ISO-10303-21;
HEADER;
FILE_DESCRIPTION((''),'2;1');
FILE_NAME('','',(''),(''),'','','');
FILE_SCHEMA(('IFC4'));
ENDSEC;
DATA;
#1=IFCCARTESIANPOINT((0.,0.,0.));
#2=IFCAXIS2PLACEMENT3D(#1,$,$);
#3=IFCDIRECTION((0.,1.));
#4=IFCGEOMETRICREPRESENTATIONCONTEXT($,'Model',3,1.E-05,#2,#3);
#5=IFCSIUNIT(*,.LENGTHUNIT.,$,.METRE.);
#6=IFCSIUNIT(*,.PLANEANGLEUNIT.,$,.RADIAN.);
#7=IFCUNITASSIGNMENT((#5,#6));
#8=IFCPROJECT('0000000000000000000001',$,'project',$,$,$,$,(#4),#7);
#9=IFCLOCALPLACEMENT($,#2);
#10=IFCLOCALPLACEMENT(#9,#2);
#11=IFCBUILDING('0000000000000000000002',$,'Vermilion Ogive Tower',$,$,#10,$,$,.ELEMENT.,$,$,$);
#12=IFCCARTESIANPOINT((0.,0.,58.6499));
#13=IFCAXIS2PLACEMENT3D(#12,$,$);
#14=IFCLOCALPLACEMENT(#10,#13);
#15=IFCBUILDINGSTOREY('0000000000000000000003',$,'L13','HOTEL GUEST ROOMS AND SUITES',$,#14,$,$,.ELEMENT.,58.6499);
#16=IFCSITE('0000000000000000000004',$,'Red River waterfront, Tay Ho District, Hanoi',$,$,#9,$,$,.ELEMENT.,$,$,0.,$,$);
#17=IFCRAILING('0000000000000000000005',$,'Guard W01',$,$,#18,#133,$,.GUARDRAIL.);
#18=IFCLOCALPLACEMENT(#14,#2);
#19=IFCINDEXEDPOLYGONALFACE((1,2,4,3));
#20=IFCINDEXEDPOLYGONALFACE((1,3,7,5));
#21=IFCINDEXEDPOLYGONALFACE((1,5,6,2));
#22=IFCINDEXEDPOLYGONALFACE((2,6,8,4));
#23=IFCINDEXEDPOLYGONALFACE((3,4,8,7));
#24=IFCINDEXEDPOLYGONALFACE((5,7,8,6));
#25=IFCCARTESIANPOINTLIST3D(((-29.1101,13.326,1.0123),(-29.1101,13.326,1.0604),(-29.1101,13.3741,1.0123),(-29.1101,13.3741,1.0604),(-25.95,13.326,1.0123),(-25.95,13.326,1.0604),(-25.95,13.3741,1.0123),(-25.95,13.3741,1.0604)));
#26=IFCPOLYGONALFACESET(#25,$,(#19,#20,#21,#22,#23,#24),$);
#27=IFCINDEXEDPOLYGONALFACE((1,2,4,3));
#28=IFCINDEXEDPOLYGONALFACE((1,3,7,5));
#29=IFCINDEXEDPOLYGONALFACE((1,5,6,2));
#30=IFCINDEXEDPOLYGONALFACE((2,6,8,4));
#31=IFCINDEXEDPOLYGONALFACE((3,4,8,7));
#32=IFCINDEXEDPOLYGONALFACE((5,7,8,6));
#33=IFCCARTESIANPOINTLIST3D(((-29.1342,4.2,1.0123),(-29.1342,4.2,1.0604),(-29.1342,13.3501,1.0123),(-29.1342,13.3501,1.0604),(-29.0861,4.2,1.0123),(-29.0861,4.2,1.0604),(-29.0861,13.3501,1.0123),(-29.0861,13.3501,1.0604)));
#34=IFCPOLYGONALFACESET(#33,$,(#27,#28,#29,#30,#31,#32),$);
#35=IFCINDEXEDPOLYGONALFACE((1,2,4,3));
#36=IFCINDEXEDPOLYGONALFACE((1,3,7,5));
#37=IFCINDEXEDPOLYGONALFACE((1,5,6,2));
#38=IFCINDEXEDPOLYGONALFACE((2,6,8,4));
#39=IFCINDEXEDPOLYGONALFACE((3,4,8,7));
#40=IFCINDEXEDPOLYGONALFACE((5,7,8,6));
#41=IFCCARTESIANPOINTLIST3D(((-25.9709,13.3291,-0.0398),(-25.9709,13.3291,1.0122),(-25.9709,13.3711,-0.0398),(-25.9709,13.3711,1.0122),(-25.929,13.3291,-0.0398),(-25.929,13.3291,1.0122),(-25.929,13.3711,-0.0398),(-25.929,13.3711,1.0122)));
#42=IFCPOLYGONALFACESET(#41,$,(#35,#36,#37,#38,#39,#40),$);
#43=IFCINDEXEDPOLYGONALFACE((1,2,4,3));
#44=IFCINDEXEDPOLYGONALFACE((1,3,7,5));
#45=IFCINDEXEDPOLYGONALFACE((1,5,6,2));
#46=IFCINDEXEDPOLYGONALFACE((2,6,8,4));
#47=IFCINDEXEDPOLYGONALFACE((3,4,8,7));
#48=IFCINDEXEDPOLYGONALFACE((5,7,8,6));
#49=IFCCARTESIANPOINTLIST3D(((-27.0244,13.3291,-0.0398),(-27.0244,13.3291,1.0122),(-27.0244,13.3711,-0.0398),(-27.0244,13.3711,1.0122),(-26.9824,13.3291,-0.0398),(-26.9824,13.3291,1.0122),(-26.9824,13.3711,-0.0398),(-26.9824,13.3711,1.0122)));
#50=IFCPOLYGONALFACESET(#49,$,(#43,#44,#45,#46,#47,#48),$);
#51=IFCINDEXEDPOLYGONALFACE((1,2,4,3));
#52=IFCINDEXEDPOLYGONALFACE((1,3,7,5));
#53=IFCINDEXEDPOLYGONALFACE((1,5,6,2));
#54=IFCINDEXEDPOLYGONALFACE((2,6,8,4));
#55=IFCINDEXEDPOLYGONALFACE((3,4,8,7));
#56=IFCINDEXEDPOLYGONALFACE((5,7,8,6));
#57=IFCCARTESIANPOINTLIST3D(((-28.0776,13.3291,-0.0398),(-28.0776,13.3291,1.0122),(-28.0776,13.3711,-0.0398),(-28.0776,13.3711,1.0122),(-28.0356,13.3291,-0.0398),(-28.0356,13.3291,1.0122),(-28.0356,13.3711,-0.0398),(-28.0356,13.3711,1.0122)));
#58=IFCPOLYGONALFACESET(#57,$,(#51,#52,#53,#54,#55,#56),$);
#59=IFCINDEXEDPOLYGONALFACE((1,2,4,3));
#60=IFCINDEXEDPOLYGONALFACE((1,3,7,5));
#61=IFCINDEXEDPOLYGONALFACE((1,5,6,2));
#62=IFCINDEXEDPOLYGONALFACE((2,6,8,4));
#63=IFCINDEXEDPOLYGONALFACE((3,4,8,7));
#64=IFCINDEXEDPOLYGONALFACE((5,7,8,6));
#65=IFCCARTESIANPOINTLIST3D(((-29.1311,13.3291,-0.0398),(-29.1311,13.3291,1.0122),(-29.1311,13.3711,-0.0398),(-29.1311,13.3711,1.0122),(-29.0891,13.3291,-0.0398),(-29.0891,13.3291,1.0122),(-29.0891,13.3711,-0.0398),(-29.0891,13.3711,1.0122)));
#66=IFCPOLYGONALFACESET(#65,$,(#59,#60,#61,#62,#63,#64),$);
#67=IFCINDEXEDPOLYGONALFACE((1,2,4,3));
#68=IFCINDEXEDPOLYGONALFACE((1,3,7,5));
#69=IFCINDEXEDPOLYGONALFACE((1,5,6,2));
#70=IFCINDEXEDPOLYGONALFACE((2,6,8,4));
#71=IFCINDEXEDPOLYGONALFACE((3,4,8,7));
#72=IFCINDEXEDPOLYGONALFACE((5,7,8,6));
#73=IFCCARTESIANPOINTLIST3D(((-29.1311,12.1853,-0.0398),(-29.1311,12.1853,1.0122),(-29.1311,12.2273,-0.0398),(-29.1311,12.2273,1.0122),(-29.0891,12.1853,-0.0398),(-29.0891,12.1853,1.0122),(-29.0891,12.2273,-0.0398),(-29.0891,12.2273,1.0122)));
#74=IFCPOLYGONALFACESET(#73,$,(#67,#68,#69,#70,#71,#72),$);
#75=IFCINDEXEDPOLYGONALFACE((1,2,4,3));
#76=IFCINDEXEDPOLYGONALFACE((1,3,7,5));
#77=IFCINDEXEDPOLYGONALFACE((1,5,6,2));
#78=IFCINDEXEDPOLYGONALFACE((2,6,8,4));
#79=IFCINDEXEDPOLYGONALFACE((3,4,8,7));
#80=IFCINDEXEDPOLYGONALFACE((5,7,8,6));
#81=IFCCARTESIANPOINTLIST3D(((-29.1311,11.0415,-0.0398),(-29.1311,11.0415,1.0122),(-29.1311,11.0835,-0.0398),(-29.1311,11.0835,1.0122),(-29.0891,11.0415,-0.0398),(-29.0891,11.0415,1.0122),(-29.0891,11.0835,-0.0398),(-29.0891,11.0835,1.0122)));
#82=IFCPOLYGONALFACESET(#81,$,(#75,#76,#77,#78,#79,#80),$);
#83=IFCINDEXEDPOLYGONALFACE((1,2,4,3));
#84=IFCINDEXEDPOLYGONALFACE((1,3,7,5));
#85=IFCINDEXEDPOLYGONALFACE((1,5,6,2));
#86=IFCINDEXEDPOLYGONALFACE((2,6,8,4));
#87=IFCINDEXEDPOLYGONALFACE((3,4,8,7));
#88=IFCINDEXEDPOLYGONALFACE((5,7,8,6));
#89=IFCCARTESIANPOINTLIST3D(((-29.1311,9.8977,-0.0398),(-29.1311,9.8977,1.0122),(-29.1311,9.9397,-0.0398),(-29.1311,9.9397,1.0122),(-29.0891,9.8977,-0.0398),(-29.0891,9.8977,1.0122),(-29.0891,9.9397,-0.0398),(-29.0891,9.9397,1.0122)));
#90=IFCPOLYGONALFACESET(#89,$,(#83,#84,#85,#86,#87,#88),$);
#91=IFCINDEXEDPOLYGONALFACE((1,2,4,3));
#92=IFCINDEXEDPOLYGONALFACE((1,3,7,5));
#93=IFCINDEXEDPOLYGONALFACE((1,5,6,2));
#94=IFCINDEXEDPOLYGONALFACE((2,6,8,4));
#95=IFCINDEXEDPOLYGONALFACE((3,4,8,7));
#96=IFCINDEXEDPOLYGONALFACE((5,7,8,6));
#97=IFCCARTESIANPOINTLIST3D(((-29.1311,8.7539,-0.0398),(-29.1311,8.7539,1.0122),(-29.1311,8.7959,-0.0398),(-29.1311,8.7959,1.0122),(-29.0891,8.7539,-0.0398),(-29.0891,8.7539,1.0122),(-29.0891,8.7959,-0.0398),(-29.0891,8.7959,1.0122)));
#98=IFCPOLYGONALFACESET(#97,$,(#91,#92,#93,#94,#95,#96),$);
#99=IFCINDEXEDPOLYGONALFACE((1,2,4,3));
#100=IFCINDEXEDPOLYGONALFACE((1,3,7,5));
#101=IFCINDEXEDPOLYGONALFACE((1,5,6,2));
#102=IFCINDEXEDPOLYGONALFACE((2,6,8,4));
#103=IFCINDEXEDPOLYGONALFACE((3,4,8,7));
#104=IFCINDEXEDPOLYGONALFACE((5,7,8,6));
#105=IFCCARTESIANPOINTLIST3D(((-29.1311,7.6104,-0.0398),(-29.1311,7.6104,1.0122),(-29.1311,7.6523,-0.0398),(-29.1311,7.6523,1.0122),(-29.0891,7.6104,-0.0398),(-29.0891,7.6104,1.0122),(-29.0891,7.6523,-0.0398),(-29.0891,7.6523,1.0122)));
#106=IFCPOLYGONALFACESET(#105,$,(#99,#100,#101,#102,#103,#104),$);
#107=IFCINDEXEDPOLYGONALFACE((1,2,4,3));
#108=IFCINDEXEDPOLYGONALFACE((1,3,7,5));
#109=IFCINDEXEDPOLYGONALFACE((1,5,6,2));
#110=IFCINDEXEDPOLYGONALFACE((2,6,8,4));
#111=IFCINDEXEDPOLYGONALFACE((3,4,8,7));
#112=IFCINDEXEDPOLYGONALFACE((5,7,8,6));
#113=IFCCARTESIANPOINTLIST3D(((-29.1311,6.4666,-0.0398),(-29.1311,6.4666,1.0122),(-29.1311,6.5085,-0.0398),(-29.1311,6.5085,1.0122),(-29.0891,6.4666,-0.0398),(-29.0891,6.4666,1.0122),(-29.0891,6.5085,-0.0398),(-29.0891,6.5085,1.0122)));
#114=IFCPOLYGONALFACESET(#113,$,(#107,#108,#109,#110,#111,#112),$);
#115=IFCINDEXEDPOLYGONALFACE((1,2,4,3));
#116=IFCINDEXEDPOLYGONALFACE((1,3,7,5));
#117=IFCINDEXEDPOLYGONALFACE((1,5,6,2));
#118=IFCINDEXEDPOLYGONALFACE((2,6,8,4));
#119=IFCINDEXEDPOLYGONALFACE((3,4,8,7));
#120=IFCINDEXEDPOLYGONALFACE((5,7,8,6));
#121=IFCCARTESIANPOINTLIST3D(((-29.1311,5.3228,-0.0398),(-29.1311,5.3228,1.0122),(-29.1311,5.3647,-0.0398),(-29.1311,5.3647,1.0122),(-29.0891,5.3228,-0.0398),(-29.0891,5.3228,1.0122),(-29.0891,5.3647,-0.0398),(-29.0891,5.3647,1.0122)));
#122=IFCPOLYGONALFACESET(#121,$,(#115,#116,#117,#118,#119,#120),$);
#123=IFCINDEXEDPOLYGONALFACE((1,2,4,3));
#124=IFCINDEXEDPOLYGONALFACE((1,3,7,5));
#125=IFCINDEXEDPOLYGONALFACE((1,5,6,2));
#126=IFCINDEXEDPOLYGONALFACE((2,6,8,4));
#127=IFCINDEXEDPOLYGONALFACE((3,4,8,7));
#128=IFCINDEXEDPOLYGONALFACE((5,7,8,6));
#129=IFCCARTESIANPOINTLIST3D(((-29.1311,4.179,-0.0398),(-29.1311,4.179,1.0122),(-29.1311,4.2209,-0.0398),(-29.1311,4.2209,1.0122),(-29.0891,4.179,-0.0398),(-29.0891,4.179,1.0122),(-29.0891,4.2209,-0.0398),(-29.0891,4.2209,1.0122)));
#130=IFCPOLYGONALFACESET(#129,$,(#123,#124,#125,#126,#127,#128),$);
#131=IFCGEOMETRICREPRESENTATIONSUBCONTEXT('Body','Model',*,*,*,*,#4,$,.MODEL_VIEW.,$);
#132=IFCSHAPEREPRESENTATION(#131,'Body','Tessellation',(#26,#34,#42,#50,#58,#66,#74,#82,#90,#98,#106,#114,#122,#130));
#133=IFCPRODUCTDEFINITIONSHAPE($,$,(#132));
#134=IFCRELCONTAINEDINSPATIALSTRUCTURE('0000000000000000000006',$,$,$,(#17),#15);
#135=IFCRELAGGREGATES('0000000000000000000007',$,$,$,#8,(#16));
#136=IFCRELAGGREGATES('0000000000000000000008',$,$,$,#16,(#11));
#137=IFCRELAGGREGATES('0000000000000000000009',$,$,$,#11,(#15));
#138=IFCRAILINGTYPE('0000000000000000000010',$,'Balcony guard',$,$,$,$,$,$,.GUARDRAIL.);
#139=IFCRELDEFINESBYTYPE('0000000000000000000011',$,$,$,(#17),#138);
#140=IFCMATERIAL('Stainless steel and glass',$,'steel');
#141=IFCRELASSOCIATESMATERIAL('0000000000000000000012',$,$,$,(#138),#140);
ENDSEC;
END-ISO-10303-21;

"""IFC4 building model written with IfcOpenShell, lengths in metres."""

from ifc_helpers import new_model, si_unit, direction, frame, origin, origin_2d, place, context, subcontext, project, spatial, rectangle, extrude, material, type_object, element, save


model = new_model("IFC4")

# Units and contexts
model_context = context("Model", 3, precision=1e-05, world=origin(), true_north=direction((0.0, 1.0)))
body_context = subcontext(model_context, "Body", "Model", "MODEL_VIEW")
ifc_project = project(units=[si_unit("LENGTHUNIT", "METRE"), si_unit("PLANEANGLEUNIT", "RADIAN")], contexts=[model_context])

# Site, building, storey
site_placement = place(None, origin())
site = spatial("IfcSite", under=ifc_project, at=site_placement, Name="Red River waterfront, Tay Ho District, Hanoi", CompositionType="ELEMENT", RefElevation=0.0)
building_placement = place(site_placement, origin())
building = spatial("IfcBuilding", under=site, at=building_placement, Name="Vermilion Ogive Tower", CompositionType="ELEMENT")
storey_placement = place(building_placement, frame((0.0, 0.0, 58.6499)))
storey = spatial("IfcBuildingStorey", under=building, at=storey_placement, Name="L13", Description="HOTEL GUEST ROOMS AND SUITES", CompositionType="ELEMENT", Elevation=58.6499)

# Railing
ifc_material_1 = material(Name="Stainless steel and glass", Category="steel")
railing_type = type_object("IfcRailingType", Name="Balcony guard", PredefinedType="GUARDRAIL", material=ifc_material_1)
railing_1_placement = place(storey_placement, frame((-25.95, 13.3501, -0.0398)))
element("IfcRailing", 1, at=railing_1_placement, inside=storey, type_object=railing_type, Name="Guard W01", PredefinedType="GUARDRAIL", context=body_context, shape_type="SweptSolid", body=[
    extrude(rectangle(XDim=0.0481, YDim=0.0481, at=origin_2d()), frame((0.0, 0.0, 1.0762), z_axis=(-1.0, 0.0, 0.0), x_axis=(0.0, -1.0, 0.0)), (0.0, 0.0, 1.0), 3.1602),
    extrude(rectangle(XDim=0.0481, YDim=0.0481, at=origin_2d()), frame((-3.1602, 0.0, 1.0762), z_axis=(0.0, -1.0, 0.0), x_axis=(1.0, 0.0, 0.0)), (0.0, 0.0, 1.0), 9.1501),
    extrude(rectangle(XDim=0.042, YDim=0.042, at=origin_2d()), origin(), (0.0, 0.0, 1.0), 1.052),
    extrude(rectangle(XDim=0.042, YDim=0.042, at=origin_2d()), frame((-1.0535, 0.0, 0.0)), (0.0, 0.0, 1.0), 1.052),
    extrude(rectangle(XDim=0.042, YDim=0.042, at=origin_2d()), frame((-2.1067, 0.0, 0.0)), (0.0, 0.0, 1.0), 1.052),
    extrude(rectangle(XDim=0.042, YDim=0.042, at=origin_2d()), frame((-3.1602, 0.0, 0.0)), (0.0, 0.0, 1.0), 1.052),
    extrude(rectangle(XDim=0.042, YDim=0.042, at=origin_2d()), frame((-3.1602, -1.1438, 0.0)), (0.0, 0.0, 1.0), 1.052),
    extrude(rectangle(XDim=0.042, YDim=0.042, at=origin_2d()), frame((-3.1602, -2.2876, 0.0)), (0.0, 0.0, 1.0), 1.052),
    extrude(rectangle(XDim=0.042, YDim=0.042, at=origin_2d()), frame((-3.1602, -3.4314, 0.0)), (0.0, 0.0, 1.0), 1.052),
    extrude(rectangle(XDim=0.042, YDim=0.042, at=origin_2d()), frame((-3.1602, -4.5752, 0.0)), (0.0, 0.0, 1.0), 1.052),
    extrude(rectangle(XDim=0.042, YDim=0.042, at=origin_2d()), frame((-3.1602, -5.7188, 0.0)), (0.0, 0.0, 1.0), 1.052),
    extrude(rectangle(XDim=0.042, YDim=0.042, at=origin_2d()), frame((-3.1602, -6.8625, 0.0)), (0.0, 0.0, 1.0), 1.052),
    extrude(rectangle(XDim=0.042, YDim=0.042, at=origin_2d()), frame((-3.1602, -8.0063, 0.0)), (0.0, 0.0, 1.0), 1.052),
    extrude(rectangle(XDim=0.042, YDim=0.042, at=origin_2d()), frame((-3.1602, -9.1501, 0.0)), (0.0, 0.0, 1.0), 1.052),
])

save(model, "model.ifc")
